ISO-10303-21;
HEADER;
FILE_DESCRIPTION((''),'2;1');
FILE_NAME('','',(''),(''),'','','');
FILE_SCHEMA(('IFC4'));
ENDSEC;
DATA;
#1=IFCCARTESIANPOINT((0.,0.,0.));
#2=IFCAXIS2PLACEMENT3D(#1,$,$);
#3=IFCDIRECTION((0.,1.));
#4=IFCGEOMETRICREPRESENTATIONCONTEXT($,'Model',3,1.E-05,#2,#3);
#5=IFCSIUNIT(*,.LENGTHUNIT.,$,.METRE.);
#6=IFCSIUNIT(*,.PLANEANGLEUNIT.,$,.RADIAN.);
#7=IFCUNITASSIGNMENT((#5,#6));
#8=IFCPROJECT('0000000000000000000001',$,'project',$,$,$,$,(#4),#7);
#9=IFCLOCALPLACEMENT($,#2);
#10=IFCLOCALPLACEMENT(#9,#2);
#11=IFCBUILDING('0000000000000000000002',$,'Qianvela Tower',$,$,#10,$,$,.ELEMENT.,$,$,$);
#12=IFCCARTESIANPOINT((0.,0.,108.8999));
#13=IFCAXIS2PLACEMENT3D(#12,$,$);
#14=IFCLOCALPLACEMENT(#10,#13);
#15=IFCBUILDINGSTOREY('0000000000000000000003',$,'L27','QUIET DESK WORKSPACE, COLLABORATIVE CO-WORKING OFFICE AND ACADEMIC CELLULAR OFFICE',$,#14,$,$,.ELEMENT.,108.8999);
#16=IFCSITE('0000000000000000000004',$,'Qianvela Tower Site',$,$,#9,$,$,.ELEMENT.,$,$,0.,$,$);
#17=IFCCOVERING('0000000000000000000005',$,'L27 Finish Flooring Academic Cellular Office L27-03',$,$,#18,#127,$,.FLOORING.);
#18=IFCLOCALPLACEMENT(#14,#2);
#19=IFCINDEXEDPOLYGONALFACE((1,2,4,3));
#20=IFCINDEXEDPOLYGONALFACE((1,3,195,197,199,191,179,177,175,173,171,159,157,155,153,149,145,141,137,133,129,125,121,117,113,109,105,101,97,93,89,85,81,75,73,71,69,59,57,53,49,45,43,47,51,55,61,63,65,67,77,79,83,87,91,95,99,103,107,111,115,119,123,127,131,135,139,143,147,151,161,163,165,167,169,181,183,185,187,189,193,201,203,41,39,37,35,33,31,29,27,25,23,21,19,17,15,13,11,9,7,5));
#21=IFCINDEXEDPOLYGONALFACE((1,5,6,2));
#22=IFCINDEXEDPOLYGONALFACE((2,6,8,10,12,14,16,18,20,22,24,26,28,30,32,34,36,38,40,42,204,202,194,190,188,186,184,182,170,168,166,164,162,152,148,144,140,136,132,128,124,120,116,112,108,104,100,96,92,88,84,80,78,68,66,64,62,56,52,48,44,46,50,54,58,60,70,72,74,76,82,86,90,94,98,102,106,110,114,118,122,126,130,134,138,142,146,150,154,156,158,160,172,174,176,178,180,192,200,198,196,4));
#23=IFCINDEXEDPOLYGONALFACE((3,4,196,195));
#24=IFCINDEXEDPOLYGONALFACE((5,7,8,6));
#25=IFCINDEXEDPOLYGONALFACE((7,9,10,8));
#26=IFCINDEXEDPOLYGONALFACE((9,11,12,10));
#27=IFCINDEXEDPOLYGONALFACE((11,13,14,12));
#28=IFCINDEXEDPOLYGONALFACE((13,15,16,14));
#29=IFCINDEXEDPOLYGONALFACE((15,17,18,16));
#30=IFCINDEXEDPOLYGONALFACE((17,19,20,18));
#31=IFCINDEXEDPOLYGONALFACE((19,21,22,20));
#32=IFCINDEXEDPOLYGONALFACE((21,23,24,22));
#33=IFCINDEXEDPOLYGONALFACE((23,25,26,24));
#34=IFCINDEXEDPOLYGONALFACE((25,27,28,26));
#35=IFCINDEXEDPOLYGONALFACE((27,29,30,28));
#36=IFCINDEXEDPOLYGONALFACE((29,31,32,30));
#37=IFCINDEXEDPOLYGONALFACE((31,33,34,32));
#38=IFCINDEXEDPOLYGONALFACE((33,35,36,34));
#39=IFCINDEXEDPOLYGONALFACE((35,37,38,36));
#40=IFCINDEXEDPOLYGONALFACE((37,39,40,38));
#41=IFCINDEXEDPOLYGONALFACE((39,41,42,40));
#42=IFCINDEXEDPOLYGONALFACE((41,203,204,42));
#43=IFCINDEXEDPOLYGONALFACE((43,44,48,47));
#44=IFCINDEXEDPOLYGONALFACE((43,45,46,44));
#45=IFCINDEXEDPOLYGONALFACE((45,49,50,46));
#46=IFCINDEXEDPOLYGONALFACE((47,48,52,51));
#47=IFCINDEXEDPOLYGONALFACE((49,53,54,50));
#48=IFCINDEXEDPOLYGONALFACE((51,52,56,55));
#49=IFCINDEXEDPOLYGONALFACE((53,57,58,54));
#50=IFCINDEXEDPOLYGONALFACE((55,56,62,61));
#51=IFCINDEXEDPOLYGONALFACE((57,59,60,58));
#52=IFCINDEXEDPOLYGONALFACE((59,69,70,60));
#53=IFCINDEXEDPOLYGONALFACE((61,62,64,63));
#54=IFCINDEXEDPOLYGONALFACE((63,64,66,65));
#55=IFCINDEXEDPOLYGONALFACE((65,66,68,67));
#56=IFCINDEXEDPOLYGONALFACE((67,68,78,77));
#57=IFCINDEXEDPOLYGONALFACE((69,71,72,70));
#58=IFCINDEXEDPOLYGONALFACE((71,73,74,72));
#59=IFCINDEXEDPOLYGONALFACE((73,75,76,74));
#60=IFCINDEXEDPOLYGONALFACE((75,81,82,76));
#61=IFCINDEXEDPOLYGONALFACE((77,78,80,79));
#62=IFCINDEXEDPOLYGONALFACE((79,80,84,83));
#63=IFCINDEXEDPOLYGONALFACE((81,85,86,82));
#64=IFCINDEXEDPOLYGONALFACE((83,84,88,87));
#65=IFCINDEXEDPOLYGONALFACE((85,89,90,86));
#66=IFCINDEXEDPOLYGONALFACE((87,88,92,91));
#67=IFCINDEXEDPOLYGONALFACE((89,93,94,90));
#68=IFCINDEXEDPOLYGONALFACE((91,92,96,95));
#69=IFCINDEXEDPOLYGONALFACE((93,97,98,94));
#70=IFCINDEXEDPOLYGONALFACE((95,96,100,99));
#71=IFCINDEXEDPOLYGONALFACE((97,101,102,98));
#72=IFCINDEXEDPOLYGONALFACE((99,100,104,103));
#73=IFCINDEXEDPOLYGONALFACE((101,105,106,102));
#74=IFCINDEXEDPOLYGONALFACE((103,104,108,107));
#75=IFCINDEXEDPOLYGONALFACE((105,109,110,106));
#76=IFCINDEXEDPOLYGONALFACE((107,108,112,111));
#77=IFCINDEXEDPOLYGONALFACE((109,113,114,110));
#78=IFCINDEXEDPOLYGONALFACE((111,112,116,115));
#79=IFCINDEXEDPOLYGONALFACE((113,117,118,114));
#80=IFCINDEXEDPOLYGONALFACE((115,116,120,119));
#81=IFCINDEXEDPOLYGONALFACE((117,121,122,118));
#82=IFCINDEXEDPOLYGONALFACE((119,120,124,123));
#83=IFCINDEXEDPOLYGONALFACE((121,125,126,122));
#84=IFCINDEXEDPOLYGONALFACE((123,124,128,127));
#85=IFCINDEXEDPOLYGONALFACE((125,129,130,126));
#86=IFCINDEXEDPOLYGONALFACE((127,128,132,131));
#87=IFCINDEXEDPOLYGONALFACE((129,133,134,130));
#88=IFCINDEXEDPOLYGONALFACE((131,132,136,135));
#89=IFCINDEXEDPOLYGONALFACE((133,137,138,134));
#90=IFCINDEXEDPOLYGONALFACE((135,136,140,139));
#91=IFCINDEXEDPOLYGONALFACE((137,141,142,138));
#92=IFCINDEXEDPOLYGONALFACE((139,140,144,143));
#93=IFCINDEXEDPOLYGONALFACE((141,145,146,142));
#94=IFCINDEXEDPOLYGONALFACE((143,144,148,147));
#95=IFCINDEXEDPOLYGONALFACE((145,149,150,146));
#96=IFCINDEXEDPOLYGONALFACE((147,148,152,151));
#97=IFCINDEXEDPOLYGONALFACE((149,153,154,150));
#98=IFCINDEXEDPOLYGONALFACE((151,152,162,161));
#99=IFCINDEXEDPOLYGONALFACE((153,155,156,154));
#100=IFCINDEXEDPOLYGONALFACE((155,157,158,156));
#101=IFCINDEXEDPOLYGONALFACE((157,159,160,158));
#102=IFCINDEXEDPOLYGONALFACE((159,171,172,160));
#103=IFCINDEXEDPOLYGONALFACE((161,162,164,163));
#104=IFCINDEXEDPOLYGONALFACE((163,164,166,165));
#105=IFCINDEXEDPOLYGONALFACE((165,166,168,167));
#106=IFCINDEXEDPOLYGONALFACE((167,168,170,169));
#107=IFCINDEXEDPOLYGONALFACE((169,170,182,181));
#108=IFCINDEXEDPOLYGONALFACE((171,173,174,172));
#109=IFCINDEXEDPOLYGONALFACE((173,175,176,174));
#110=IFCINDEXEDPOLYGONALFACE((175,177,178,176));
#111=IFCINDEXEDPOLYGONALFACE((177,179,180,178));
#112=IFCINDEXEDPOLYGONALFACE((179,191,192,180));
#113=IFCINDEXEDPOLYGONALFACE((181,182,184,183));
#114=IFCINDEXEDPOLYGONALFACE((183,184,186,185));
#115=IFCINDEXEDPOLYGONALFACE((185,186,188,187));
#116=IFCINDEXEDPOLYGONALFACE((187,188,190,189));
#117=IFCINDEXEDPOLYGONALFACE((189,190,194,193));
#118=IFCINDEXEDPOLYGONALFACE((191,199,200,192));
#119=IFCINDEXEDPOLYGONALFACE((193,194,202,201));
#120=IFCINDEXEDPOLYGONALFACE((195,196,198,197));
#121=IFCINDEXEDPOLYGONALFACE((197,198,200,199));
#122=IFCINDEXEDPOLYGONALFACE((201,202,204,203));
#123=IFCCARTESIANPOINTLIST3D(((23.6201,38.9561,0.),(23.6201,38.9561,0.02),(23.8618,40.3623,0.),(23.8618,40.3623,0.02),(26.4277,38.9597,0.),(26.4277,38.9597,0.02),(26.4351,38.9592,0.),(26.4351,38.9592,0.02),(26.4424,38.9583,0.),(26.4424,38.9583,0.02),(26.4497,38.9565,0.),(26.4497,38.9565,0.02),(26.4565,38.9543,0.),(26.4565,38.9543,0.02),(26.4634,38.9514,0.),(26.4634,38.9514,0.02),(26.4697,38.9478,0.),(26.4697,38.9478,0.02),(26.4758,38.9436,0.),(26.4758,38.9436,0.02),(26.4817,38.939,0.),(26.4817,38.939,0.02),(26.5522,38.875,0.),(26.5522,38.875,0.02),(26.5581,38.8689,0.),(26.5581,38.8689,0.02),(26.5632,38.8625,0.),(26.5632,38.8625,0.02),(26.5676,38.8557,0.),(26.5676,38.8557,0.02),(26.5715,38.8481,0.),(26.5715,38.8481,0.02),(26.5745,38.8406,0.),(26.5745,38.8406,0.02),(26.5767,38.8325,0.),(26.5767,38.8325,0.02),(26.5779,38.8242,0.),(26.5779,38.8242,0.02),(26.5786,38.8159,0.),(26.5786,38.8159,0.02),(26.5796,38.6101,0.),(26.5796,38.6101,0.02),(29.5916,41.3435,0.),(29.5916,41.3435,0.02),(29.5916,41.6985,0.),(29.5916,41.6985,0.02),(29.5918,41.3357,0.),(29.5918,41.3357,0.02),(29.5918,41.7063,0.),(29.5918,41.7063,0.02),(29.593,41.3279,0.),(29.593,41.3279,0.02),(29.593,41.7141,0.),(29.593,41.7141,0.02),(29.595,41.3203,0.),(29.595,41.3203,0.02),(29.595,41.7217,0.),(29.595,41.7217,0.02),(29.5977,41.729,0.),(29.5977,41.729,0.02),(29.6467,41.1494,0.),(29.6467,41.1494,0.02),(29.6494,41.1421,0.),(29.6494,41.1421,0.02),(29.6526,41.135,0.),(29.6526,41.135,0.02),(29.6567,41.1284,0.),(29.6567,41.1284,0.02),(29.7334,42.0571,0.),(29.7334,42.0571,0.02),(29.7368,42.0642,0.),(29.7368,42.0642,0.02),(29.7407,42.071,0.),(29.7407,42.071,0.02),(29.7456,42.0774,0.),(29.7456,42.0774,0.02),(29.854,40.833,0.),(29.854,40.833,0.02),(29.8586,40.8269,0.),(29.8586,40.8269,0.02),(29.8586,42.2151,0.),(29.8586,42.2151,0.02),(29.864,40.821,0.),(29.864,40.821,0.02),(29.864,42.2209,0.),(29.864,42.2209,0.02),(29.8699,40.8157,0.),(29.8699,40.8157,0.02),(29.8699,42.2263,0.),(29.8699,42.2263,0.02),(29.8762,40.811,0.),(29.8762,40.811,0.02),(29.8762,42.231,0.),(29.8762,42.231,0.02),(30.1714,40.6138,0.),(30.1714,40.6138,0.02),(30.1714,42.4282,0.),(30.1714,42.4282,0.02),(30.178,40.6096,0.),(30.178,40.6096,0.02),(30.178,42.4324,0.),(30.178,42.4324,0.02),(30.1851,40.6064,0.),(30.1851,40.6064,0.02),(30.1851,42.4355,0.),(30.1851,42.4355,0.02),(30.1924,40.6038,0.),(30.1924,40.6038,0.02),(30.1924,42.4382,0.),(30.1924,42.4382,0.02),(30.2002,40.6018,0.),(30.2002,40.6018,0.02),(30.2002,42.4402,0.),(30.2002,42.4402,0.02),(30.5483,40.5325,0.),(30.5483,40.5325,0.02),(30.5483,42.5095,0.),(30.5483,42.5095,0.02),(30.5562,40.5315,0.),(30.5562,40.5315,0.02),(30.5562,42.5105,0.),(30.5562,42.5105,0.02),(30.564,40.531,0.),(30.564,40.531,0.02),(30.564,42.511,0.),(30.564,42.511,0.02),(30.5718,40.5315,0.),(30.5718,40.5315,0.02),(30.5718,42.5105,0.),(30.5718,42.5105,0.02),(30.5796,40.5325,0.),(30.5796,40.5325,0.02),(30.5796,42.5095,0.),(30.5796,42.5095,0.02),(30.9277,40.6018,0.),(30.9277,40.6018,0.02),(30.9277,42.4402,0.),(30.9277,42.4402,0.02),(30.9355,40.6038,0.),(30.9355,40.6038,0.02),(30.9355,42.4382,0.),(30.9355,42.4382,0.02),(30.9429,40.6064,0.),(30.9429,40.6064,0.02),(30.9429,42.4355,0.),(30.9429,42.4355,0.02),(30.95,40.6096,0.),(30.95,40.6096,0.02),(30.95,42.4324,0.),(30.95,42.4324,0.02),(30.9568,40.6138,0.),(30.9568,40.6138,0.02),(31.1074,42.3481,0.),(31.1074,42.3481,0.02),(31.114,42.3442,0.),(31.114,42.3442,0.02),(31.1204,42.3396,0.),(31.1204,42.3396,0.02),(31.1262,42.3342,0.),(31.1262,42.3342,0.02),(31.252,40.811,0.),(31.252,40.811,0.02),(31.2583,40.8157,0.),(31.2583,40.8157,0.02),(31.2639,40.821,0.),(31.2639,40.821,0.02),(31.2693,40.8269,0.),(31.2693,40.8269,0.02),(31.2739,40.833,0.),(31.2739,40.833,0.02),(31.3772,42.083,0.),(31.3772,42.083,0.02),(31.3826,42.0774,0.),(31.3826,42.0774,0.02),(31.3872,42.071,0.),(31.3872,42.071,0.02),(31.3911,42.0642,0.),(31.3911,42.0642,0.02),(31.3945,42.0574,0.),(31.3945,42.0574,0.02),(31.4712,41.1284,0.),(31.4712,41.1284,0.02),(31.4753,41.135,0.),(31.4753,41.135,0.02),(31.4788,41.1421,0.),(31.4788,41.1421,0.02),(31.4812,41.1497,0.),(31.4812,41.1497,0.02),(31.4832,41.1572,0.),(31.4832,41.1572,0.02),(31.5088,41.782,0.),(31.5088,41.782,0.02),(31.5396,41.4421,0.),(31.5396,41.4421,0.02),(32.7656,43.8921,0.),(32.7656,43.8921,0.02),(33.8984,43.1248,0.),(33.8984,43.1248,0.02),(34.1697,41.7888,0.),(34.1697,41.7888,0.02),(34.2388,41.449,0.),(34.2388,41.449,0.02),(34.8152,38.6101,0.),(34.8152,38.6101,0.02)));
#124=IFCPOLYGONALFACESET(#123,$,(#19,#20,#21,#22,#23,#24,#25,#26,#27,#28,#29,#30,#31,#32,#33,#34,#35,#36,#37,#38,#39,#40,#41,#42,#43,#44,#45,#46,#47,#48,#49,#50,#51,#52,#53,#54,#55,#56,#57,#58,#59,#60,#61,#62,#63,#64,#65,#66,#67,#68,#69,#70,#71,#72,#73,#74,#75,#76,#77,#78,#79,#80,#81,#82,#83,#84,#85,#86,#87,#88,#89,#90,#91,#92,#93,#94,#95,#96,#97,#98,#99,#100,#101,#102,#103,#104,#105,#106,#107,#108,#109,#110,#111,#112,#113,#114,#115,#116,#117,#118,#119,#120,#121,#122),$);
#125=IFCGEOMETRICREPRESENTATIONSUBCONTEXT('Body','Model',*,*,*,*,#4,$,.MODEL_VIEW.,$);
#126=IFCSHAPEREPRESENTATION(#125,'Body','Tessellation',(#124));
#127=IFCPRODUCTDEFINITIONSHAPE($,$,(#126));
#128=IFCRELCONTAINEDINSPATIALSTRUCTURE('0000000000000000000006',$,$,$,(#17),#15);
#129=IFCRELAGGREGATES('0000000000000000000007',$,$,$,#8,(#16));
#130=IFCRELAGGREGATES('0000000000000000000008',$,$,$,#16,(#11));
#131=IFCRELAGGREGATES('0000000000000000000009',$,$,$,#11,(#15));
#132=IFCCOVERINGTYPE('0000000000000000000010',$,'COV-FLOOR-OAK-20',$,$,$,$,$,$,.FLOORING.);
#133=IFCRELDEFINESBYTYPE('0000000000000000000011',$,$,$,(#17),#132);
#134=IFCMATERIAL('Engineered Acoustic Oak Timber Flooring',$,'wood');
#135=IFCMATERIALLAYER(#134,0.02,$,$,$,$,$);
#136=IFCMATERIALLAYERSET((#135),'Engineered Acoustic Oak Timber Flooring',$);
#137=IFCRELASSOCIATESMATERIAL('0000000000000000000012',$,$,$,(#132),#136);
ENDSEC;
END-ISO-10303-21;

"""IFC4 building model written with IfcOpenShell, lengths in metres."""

from ifc_helpers import new_model, si_unit, direction, frame, origin, place, context, subcontext, project, spatial, polyline, outline, extrude, material, layer, layer_set, type_object, element, save


model = new_model("IFC4")

# Units and contexts
model_context = context("Model", 3, precision=1e-05, world=origin(), true_north=direction((0.0, 1.0)))
body_context = subcontext(model_context, "Body", "Model", "MODEL_VIEW")
ifc_project = project(units=[si_unit("LENGTHUNIT", "METRE"), si_unit("PLANEANGLEUNIT", "RADIAN")], contexts=[model_context])

# Site, building, storey
site_placement = place(None, origin())
site = spatial("IfcSite", under=ifc_project, at=site_placement, Name="Qianvela Tower Site", CompositionType="ELEMENT", RefElevation=0.0)
building_placement = place(site_placement, origin())
building = spatial("IfcBuilding", under=site, at=building_placement, Name="Qianvela Tower", CompositionType="ELEMENT")
storey_placement = place(building_placement, frame((0.0, 0.0, 108.8999)))
storey = spatial("IfcBuildingStorey", under=building, at=storey_placement, Name="L27", Description="QUIET DESK WORKSPACE, COLLABORATIVE CO-WORKING OFFICE AND ACADEMIC CELLULAR OFFICE", CompositionType="ELEMENT", Elevation=108.8999)

# Covering
ifc_material_1 = material(Name="Engineered Acoustic Oak Timber Flooring", Category="wood")
ifc_layer_1 = layer(ifc_material_1, 0.02)
ifc_layer_set_1 = layer_set([ifc_layer_1], Name="Engineered Acoustic Oak Timber Flooring")
covering_type_1 = type_object("IfcCoveringType", Name="COV-FLOOR-OAK-20", PredefinedType="FLOORING", material=ifc_layer_set_1)
covering_1_placement = place(storey_placement, origin())
element("IfcCovering", 1, at=covering_1_placement, inside=storey, type_object=covering_type_1, Name="L27 Finish Flooring Academic Cellular Office L27-03", PredefinedType="FLOORING", context=body_context, shape_type="SweptSolid", body=[
    extrude(outline(polyline([(26.5796, 38.6101), (26.5786, 38.8159), (26.5779, 38.8242), (26.5767, 38.8325), (26.5745, 38.8406), (26.5715, 38.8481), (26.5676, 38.8557), (26.5632, 38.8625), (26.5581, 38.8689), (26.5522, 38.875), (26.4817, 38.939), (26.4758, 38.9436), (26.4697, 38.9478), (26.4634, 38.9514), (26.4565, 38.9543), (26.4497, 38.9565), (26.4424, 38.9583), (26.4351, 38.9592), (26.4277, 38.9597), (23.6201, 38.9561), (23.8618, 40.3623), (32.7656, 43.8921), (33.8984, 43.1248), (34.1697, 41.7888), (31.5088, 41.782), (31.3945, 42.0574), (31.3911, 42.0642), (31.3872, 42.071), (31.3826, 42.0774), (31.3772, 42.083), (31.1262, 42.3342), (31.1204, 42.3396), (31.114, 42.3442), (31.1074, 42.3481), (30.95, 42.4324), (30.9429, 42.4355), (30.9355, 42.4382), (30.9277, 42.4402), (30.5796, 42.5095), (30.5718, 42.5105), (30.564, 42.511), (30.5562, 42.5105), (30.5483, 42.5095), (30.2002, 42.4402), (30.1924, 42.4382), (30.1851, 42.4355), (30.178, 42.4324), (30.1714, 42.4282), (29.8762, 42.231), (29.8699, 42.2263), (29.864, 42.2209), (29.8586, 42.2151), (29.7456, 42.0774), (29.7407, 42.071), (29.7368, 42.0642), (29.7334, 42.0571), (29.5977, 41.729), (29.595, 41.7217), (29.593, 41.7141), (29.5918, 41.7063), (29.5916, 41.6985), (29.5916, 41.3435), (29.5918, 41.3357), (29.593, 41.3279), (29.595, 41.3203), (29.6467, 41.1494), (29.6494, 41.1421), (29.6526, 41.135), (29.6567, 41.1284), (29.854, 40.833), (29.8586, 40.8269), (29.864, 40.821), (29.8699, 40.8157), (29.8762, 40.811), (30.1714, 40.6138), (30.178, 40.6096), (30.1851, 40.6064), (30.1924, 40.6038), (30.2002, 40.6018), (30.5483, 40.5325), (30.5562, 40.5315), (30.564, 40.531), (30.5718, 40.5315), (30.5796, 40.5325), (30.9277, 40.6018), (30.9355, 40.6038), (30.9429, 40.6064), (30.95, 40.6096), (30.9568, 40.6138), (31.252, 40.811), (31.2583, 40.8157), (31.2639, 40.821), (31.2693, 40.8269), (31.2739, 40.833), (31.4712, 41.1284), (31.4753, 41.135), (31.4788, 41.1421), (31.4812, 41.1497), (31.4832, 41.1572), (31.5396, 41.4421), (34.2388, 41.449), (34.8152, 38.6101), (26.5796, 38.6101)])), origin(), (0.0, 0.0, 1.0), 0.02),
])

save(model, "model.ifc")
